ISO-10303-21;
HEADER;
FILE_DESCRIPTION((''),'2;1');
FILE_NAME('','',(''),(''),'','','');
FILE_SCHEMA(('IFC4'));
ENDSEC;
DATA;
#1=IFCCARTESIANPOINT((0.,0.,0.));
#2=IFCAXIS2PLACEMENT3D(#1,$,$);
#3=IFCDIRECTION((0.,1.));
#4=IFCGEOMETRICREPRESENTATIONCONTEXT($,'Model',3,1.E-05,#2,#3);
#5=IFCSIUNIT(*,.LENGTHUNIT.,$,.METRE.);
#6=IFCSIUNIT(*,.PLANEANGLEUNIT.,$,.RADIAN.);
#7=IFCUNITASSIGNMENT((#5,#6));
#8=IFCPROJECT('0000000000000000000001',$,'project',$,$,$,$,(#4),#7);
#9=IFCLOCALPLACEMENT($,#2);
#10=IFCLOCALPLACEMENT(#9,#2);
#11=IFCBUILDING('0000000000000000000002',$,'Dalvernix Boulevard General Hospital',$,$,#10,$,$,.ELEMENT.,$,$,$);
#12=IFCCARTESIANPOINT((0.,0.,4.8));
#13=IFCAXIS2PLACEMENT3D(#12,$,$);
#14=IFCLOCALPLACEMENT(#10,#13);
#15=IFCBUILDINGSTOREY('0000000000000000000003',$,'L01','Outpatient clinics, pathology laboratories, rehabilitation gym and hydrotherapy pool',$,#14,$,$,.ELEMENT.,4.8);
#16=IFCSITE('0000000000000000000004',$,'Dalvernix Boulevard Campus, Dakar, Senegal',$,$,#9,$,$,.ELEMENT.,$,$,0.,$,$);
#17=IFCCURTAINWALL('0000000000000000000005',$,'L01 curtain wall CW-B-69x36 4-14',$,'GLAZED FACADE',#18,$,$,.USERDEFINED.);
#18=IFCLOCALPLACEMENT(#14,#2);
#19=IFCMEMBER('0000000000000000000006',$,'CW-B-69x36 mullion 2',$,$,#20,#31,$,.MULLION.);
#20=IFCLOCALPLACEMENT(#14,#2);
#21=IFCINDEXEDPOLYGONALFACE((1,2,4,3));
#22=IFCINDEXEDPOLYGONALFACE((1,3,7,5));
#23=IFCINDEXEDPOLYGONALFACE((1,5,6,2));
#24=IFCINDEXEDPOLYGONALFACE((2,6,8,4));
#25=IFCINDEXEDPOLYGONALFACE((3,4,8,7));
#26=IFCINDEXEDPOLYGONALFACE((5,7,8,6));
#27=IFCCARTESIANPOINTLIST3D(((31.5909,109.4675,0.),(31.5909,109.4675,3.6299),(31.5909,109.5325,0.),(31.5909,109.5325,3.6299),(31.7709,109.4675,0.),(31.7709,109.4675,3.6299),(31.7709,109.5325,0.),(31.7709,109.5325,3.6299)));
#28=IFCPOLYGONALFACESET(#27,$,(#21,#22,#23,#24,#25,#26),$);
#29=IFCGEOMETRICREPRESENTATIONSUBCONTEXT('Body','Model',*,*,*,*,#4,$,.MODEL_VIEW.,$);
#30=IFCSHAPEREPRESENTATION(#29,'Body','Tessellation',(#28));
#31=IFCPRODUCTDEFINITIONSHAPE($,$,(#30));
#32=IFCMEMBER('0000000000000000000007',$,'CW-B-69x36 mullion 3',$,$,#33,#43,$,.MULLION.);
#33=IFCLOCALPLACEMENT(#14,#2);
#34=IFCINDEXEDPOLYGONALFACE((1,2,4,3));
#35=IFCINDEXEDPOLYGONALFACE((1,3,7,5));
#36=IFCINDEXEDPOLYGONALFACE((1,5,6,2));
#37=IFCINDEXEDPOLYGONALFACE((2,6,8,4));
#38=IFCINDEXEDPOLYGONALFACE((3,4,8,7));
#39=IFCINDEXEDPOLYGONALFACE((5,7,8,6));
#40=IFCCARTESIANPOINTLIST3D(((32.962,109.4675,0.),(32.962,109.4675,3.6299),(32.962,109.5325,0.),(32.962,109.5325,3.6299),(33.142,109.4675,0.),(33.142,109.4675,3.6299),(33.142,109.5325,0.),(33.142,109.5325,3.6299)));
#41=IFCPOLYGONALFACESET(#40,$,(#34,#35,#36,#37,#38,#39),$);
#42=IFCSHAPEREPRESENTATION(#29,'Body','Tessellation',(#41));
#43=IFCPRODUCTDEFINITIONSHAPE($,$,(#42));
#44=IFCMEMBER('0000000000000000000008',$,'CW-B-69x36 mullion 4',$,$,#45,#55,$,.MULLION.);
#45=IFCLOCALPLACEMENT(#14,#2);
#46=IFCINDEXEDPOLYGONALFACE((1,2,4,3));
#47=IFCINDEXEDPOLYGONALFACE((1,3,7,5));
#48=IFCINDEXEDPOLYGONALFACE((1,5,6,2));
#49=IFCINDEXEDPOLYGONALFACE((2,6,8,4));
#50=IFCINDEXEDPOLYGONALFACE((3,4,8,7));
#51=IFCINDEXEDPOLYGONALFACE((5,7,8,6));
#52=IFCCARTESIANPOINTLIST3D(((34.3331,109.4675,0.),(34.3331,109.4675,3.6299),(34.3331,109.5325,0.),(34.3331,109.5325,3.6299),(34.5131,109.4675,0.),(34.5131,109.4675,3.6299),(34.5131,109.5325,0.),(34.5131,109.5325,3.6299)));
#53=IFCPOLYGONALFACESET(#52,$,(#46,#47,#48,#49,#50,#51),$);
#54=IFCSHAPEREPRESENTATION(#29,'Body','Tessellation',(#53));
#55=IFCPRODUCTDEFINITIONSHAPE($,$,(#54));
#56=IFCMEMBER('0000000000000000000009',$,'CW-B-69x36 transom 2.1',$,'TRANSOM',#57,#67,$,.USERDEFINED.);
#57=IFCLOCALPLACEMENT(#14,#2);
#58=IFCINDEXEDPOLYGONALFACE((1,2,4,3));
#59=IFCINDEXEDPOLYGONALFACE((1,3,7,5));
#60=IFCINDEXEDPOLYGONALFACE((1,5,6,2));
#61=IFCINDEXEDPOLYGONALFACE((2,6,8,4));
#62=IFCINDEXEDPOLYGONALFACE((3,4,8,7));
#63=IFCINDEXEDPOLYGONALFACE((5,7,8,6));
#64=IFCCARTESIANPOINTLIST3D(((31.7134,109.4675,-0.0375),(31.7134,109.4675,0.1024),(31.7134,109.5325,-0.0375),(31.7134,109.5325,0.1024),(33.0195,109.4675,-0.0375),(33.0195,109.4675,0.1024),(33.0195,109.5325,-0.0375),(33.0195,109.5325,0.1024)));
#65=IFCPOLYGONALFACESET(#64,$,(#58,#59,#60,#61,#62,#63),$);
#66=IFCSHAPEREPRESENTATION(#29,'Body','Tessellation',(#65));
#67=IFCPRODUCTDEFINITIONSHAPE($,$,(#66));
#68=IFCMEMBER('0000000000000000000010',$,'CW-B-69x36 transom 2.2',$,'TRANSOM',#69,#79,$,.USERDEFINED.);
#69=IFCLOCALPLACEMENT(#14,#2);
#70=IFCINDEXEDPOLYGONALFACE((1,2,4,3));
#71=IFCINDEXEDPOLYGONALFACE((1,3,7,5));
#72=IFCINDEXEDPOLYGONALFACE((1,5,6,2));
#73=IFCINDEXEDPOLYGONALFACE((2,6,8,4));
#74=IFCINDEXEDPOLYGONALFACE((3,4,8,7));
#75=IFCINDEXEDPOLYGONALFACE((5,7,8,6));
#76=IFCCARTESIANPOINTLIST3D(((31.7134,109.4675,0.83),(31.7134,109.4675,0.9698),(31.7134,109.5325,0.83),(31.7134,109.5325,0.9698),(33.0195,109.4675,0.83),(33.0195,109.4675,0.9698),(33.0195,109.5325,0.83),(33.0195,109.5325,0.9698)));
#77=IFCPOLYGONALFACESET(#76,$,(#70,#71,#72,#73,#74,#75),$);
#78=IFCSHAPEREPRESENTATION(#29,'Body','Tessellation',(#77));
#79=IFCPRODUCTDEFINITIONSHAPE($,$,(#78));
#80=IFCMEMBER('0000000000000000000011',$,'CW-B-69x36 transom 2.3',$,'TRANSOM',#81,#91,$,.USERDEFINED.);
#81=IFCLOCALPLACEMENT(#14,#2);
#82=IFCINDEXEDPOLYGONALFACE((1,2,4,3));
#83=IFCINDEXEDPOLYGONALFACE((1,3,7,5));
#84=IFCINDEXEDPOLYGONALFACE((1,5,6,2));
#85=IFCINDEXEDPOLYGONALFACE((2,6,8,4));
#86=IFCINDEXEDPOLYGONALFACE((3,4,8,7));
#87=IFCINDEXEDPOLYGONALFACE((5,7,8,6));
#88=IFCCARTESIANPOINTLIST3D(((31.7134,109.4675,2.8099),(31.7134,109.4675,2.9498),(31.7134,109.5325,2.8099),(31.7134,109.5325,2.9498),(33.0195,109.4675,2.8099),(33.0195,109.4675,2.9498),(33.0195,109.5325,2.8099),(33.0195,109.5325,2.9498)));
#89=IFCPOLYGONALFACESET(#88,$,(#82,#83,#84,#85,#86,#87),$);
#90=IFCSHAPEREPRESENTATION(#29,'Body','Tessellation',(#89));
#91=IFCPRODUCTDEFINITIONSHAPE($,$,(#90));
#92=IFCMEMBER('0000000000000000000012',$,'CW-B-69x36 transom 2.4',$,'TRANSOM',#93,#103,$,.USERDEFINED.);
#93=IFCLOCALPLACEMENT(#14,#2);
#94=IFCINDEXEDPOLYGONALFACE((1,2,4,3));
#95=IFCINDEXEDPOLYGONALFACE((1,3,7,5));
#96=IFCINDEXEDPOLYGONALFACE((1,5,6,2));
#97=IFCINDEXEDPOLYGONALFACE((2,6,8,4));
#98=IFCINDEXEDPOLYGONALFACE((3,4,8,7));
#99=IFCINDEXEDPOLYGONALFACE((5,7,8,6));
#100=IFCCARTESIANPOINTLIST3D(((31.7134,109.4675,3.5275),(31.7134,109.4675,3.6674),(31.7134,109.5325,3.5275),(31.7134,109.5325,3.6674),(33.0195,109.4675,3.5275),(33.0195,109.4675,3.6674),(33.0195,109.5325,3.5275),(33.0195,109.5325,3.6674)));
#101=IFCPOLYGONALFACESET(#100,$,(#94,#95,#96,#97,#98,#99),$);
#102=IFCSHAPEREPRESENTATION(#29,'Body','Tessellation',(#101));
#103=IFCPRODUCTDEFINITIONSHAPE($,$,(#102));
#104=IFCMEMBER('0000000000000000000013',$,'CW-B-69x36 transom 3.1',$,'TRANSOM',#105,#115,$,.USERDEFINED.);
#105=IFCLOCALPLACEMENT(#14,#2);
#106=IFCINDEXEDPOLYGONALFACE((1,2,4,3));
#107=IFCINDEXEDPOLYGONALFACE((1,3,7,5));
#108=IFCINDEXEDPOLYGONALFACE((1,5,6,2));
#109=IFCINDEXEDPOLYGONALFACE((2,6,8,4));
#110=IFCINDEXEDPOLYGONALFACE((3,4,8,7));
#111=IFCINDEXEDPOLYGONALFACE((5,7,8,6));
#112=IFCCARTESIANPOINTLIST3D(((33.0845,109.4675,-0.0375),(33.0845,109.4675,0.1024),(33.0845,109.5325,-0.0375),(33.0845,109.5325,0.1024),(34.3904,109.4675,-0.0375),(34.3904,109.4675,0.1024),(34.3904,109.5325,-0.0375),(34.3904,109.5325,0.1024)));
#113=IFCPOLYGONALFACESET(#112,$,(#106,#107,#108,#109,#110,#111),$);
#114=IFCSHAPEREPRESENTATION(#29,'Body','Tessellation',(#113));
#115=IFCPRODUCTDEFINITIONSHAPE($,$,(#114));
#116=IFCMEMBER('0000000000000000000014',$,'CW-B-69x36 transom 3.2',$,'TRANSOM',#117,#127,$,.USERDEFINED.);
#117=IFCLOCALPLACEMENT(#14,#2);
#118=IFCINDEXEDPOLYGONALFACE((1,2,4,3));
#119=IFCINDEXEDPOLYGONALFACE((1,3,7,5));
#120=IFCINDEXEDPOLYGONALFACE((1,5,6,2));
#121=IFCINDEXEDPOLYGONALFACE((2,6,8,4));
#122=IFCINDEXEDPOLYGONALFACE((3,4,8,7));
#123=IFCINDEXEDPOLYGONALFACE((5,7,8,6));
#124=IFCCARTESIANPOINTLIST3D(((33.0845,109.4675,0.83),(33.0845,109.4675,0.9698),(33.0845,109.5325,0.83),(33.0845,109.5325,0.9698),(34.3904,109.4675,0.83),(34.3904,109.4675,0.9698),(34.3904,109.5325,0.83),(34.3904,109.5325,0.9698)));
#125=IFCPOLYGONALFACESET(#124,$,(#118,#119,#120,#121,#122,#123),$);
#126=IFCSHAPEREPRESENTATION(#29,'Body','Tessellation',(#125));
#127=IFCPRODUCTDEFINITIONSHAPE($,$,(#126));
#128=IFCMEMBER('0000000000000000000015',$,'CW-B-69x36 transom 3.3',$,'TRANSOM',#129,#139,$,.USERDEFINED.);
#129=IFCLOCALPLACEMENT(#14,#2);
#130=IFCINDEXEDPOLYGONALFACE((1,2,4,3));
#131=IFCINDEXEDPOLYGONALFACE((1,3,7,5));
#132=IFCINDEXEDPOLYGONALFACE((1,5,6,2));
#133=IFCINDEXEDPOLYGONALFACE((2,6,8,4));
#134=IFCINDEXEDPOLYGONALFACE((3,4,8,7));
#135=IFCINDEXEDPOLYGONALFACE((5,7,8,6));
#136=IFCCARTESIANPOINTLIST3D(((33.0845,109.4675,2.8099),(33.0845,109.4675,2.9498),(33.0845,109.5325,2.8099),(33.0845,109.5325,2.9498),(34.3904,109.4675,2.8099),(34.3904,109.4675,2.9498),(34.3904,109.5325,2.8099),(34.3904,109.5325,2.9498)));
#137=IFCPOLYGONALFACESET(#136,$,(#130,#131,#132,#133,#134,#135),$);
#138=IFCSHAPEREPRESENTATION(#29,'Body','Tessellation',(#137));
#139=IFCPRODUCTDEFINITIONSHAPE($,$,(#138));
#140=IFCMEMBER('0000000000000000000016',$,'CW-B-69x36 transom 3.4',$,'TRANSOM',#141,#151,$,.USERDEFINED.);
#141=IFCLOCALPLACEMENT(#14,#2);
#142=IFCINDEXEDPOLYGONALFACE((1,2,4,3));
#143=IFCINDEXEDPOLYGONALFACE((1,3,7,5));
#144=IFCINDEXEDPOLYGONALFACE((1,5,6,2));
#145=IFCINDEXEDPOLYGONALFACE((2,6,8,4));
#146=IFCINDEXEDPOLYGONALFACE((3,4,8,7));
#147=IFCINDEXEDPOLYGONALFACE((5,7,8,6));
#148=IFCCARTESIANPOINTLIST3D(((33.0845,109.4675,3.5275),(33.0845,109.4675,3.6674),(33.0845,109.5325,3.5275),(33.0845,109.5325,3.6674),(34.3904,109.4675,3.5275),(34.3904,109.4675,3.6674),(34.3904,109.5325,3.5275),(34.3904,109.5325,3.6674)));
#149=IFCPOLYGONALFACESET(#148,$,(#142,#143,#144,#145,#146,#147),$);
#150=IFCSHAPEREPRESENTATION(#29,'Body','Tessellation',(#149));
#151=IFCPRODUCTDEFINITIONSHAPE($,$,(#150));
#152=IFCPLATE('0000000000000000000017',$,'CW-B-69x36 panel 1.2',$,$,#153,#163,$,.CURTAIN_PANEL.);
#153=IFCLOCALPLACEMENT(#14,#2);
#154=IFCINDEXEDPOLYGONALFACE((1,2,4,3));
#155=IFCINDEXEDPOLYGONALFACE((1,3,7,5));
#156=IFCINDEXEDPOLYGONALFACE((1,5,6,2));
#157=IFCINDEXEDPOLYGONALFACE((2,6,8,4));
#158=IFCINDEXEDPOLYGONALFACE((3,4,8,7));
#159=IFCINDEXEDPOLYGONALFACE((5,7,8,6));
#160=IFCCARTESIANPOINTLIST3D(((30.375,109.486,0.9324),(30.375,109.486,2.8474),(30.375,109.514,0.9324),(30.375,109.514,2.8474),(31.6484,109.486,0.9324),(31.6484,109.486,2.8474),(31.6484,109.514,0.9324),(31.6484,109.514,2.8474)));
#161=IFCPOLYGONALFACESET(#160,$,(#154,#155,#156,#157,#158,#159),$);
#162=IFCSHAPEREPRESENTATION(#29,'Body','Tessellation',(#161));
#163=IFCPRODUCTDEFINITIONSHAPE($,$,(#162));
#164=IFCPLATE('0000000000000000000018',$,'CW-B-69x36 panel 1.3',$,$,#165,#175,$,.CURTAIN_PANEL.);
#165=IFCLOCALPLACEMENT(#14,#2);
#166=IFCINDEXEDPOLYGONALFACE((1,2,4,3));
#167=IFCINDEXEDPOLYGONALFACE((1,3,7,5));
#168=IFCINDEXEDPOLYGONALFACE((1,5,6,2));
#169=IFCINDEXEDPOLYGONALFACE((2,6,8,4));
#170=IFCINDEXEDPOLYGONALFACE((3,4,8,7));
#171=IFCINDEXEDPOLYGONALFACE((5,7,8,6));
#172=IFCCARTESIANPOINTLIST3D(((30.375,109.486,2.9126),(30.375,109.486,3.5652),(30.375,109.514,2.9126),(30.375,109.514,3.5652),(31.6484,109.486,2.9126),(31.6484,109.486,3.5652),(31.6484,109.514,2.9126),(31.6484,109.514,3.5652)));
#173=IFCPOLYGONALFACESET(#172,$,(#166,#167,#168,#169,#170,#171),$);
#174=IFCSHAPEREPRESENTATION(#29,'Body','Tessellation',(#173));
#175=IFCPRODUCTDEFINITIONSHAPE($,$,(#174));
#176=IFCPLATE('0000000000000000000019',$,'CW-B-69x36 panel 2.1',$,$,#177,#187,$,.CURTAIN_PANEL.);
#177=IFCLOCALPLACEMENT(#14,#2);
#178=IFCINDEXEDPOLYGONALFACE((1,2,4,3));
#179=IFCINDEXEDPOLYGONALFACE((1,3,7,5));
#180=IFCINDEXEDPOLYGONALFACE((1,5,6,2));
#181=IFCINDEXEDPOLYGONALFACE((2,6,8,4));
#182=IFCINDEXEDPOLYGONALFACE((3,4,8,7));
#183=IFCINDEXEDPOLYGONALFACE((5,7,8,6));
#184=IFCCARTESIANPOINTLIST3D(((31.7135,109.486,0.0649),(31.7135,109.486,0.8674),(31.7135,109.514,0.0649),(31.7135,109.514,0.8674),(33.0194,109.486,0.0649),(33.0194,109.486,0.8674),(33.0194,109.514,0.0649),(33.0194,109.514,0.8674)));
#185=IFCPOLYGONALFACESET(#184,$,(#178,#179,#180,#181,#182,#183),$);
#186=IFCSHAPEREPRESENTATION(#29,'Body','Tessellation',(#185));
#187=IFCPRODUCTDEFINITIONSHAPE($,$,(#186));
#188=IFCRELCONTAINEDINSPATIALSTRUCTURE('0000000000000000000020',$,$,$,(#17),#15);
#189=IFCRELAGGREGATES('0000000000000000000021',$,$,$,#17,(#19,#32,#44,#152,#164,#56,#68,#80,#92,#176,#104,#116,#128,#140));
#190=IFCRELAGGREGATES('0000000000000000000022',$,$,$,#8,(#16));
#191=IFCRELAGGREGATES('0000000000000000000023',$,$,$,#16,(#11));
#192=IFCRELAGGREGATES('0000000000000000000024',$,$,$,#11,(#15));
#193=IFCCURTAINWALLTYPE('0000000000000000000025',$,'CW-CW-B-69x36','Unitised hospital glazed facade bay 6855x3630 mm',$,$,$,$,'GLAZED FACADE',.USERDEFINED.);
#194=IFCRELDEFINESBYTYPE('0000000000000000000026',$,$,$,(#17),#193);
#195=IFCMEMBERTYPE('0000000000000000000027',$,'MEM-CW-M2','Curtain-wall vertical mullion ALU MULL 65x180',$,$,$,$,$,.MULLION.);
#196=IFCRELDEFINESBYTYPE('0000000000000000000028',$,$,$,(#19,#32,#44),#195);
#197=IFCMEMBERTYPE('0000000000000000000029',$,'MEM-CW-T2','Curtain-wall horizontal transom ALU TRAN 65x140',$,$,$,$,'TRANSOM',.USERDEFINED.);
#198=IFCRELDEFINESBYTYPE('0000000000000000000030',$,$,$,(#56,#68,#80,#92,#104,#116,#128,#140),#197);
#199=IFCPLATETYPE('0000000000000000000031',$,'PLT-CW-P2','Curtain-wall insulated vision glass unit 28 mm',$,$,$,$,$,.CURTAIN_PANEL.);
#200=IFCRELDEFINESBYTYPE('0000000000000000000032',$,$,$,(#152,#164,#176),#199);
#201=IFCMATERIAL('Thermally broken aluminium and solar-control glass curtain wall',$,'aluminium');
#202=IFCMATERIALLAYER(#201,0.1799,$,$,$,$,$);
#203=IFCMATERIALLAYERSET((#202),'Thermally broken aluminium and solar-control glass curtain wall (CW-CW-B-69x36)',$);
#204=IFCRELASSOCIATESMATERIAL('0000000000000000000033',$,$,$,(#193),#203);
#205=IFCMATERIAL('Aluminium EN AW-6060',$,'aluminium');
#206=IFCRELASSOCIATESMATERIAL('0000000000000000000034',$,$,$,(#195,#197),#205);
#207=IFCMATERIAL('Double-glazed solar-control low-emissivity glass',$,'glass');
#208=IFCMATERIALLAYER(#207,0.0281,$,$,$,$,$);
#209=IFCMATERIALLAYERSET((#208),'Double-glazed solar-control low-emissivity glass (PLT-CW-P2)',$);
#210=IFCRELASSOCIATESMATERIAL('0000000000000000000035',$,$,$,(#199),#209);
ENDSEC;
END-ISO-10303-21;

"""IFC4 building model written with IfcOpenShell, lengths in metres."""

from ifc_helpers import new_model, si_unit, direction, frame, origin, origin_2d, place, context, subcontext, project, spatial, rectangle, extrude, material, layer, layer_set, material_profile, profile_set, type_object, element, aggregate, save


model = new_model("IFC4")

# Units and contexts
model_context = context("Model", 3, precision=1e-05, world=origin(), true_north=direction((0.0, 1.0)))
body_context = subcontext(model_context, "Body", "Model", "MODEL_VIEW")
ifc_project = project(units=[si_unit("LENGTHUNIT", "METRE"), si_unit("PLANEANGLEUNIT", "RADIAN")], contexts=[model_context])

# Site, building, storey
site_placement = place(None, origin())
site = spatial("IfcSite", under=ifc_project, at=site_placement, Name="Dalvernix Boulevard Campus, Dakar, Senegal", CompositionType="ELEMENT", RefElevation=0.0)
building_placement = place(site_placement, origin())
building = spatial("IfcBuilding", under=site, at=building_placement, Name="Dalvernix Boulevard General Hospital", CompositionType="ELEMENT")
storey_placement = place(building_placement, frame((0.0, 0.0, 4.8)))
storey = spatial("IfcBuildingStorey", under=building, at=storey_placement, Name="L01", Description="Outpatient clinics, pathology laboratories, rehabilitation gym and hydrotherapy pool", CompositionType="ELEMENT", Elevation=4.8)

# Curtain wall, members, plates
ifc_material_1 = material(Name="Thermally broken aluminium and solar-control glass curtain wall", Category="aluminium")
ifc_layer_1 = layer(ifc_material_1, 0.1799)
ifc_layer_set_1 = layer_set([ifc_layer_1], Name="Thermally broken aluminium and solar-control glass curtain wall (CW-CW-B-69x36)")
curtain_wall_type = type_object("IfcCurtainWallType", Name="CW-CW-B-69x36", Description="Unitised hospital glazed facade bay 6855x3630 mm", ElementType="GLAZED FACADE", PredefinedType="USERDEFINED", material=ifc_layer_set_1)
curtain_wall_placement = place(storey_placement, origin())
curtain_wall = element("IfcCurtainWall", 1, at=curtain_wall_placement, inside=storey, type_object=curtain_wall_type, Name="L01 curtain wall CW-B-69x36 4-14", ObjectType="GLAZED FACADE", PredefinedType="USERDEFINED")
ifc_material_2 = material(Name="Aluminium EN AW-6060", Category="aluminium")
ifc_material_profile_1 = material_profile(ifc_material_2, rectangle(XDim=0.0649, YDim=0.1799, at=origin_2d()), Name="ALU MULL 65x180")
ifc_profile_set_1 = profile_set([ifc_material_profile_1], Name="Aluminium EN AW-6060")
member_type_1 = type_object("IfcMemberType", Name="MEM-CW-M2", Description="Curtain-wall vertical mullion ALU MULL 65x180", PredefinedType="MULLION", material=ifc_profile_set_1)
member_1_placement = place(storey_placement, frame((31.6809, 109.5, 0.0), z_axis=(0.0, 0.0, 1.0), x_axis=(0.0, 1.0, 0.0)))
member_1 = element("IfcMember", 2, at=member_1_placement, type_object=member_type_1, Name="CW-B-69x36 mullion 2", PredefinedType="MULLION", context=body_context, shape_type="SweptSolid", body=[
    extrude(rectangle(XDim=0.0649, YDim=0.1799, at=origin_2d()), origin(), (0.0, 0.0, 1.0), 3.6299),
])
member_2_placement = place(storey_placement, frame((33.052, 109.5, 0.0), z_axis=(0.0, 0.0, 1.0), x_axis=(0.0, 1.0, 0.0)))
member_2 = element("IfcMember", 3, at=member_2_placement, type_object=member_type_1, Name="CW-B-69x36 mullion 3", PredefinedType="MULLION", context=body_context, shape_type="SweptSolid", body=[
    extrude(rectangle(XDim=0.0649, YDim=0.1799, at=origin_2d()), origin(), (0.0, 0.0, 1.0), 3.6299),
])
member_3_placement = place(storey_placement, frame((34.4231, 109.5, 0.0), z_axis=(0.0, 0.0, 1.0), x_axis=(0.0, 1.0, 0.0)))
member_3 = element("IfcMember", 4, at=member_3_placement, type_object=member_type_1, Name="CW-B-69x36 mullion 4", PredefinedType="MULLION", context=body_context, shape_type="SweptSolid", body=[
    extrude(rectangle(XDim=0.0649, YDim=0.1799, at=origin_2d()), origin(), (0.0, 0.0, 1.0), 3.6299),
])
ifc_material_profile_2 = material_profile(ifc_material_2, rectangle(XDim=0.0649, YDim=0.1399, at=origin_2d()), Name="ALU TRAN 65x140")
ifc_profile_set_2 = profile_set([ifc_material_profile_2], Name="Aluminium EN AW-6060")
member_type_2 = type_object("IfcMemberType", Name="MEM-CW-T2", Description="Curtain-wall horizontal transom ALU TRAN 65x140", ElementType="TRANSOM", PredefinedType="USERDEFINED", material=ifc_profile_set_2)
member_4_placement = place(storey_placement, frame((31.7134, 109.5, 0.0325), z_axis=(1.0, 0.0, 0.0), x_axis=(0.0, 1.0, 0.0)))
member_4 = element("IfcMember", 5, at=member_4_placement, type_object=member_type_2, Name="CW-B-69x36 transom 2.1", ObjectType="TRANSOM", PredefinedType="USERDEFINED", context=body_context, shape_type="SweptSolid", body=[
    extrude(rectangle(XDim=0.0649, YDim=0.1399, at=origin_2d()), origin(), (0.0, 0.0, 1.0), 1.3062),
])
member_5_placement = place(storey_placement, frame((31.7134, 109.5, 0.8999), z_axis=(1.0, 0.0, 0.0), x_axis=(0.0, 1.0, 0.0)))
member_5 = element("IfcMember", 6, at=member_5_placement, type_object=member_type_2, Name="CW-B-69x36 transom 2.2", ObjectType="TRANSOM", PredefinedType="USERDEFINED", context=body_context, shape_type="SweptSolid", body=[
    extrude(rectangle(XDim=0.0649, YDim=0.1399, at=origin_2d()), origin(), (0.0, 0.0, 1.0), 1.3062),
])
member_6_placement = place(storey_placement, frame((31.7134, 109.5, 2.8799), z_axis=(1.0, 0.0, 0.0), x_axis=(0.0, 1.0, 0.0)))
member_6 = element("IfcMember", 7, at=member_6_placement, type_object=member_type_2, Name="CW-B-69x36 transom 2.3", ObjectType="TRANSOM", PredefinedType="USERDEFINED", context=body_context, shape_type="SweptSolid", body=[
    extrude(rectangle(XDim=0.0649, YDim=0.1399, at=origin_2d()), origin(), (0.0, 0.0, 1.0), 1.3062),
])
member_7_placement = place(storey_placement, frame((31.7134, 109.5, 3.5974), z_axis=(1.0, 0.0, 0.0), x_axis=(0.0, 1.0, 0.0)))
member_7 = element("IfcMember", 8, at=member_7_placement, type_object=member_type_2, Name="CW-B-69x36 transom 2.4", ObjectType="TRANSOM", PredefinedType="USERDEFINED", context=body_context, shape_type="SweptSolid", body=[
    extrude(rectangle(XDim=0.0649, YDim=0.1399, at=origin_2d()), origin(), (0.0, 0.0, 1.0), 1.3062),
])
member_8_placement = place(storey_placement, frame((33.0845, 109.5, 0.0325), z_axis=(1.0, 0.0, 0.0), x_axis=(0.0, 1.0, 0.0)))
member_8 = element("IfcMember", 9, at=member_8_placement, type_object=member_type_2, Name="CW-B-69x36 transom 3.1", ObjectType="TRANSOM", PredefinedType="USERDEFINED", context=body_context, shape_type="SweptSolid", body=[
    extrude(rectangle(XDim=0.0649, YDim=0.1399, at=origin_2d()), origin(), (0.0, 0.0, 1.0), 1.3059),
])
member_9_placement = place(storey_placement, frame((33.0845, 109.5, 0.8999), z_axis=(1.0, 0.0, 0.0), x_axis=(0.0, 1.0, 0.0)))
member_9 = element("IfcMember", 10, at=member_9_placement, type_object=member_type_2, Name="CW-B-69x36 transom 3.2", ObjectType="TRANSOM", PredefinedType="USERDEFINED", context=body_context, shape_type="SweptSolid", body=[
    extrude(rectangle(XDim=0.0649, YDim=0.1399, at=origin_2d()), origin(), (0.0, 0.0, 1.0), 1.3059),
])
member_10_placement = place(storey_placement, frame((33.0845, 109.5, 2.8799), z_axis=(1.0, 0.0, 0.0), x_axis=(0.0, 1.0, 0.0)))
member_10 = element("IfcMember", 11, at=member_10_placement, type_object=member_type_2, Name="CW-B-69x36 transom 3.3", ObjectType="TRANSOM", PredefinedType="USERDEFINED", context=body_context, shape_type="SweptSolid", body=[
    extrude(rectangle(XDim=0.0649, YDim=0.1399, at=origin_2d()), origin(), (0.0, 0.0, 1.0), 1.3059),
])
member_11_placement = place(storey_placement, frame((33.0845, 109.5, 3.5974), z_axis=(1.0, 0.0, 0.0), x_axis=(0.0, 1.0, 0.0)))
member_11 = element("IfcMember", 12, at=member_11_placement, type_object=member_type_2, Name="CW-B-69x36 transom 3.4", ObjectType="TRANSOM", PredefinedType="USERDEFINED", context=body_context, shape_type="SweptSolid", body=[
    extrude(rectangle(XDim=0.0649, YDim=0.1399, at=origin_2d()), origin(), (0.0, 0.0, 1.0), 1.3059),
])
ifc_material_3 = material(Name="Double-glazed solar-control low-emissivity glass", Category="glass")
ifc_layer_2 = layer(ifc_material_3, 0.0281)
ifc_layer_set_2 = layer_set([ifc_layer_2], Name="Double-glazed solar-control low-emissivity glass (PLT-CW-P2)")
plate_type = type_object("IfcPlateType", Name="PLT-CW-P2", Description="Curtain-wall insulated vision glass unit 28 mm", PredefinedType="CURTAIN_PANEL", material=ifc_layer_set_2)
plate_1_placement = place(storey_placement, frame((31.0117, 109.5, 0.9324), z_axis=(0.0, 0.0, 1.0), x_axis=(1.0, 0.0, 0.0)))
plate_1 = element("IfcPlate", 13, at=plate_1_placement, type_object=plate_type, Name="CW-B-69x36 panel 1.2", PredefinedType="CURTAIN_PANEL", context=body_context, shape_type="SweptSolid", body=[
    extrude(rectangle(XDim=1.2734, YDim=0.0281, at=origin_2d()), origin(), (0.0, 0.0, 1.0), 1.915),
])
plate_2_placement = place(storey_placement, frame((31.0117, 109.5, 2.9126), z_axis=(0.0, 0.0, 1.0), x_axis=(1.0, 0.0, 0.0)))
plate_2 = element("IfcPlate", 14, at=plate_2_placement, type_object=plate_type, Name="CW-B-69x36 panel 1.3", PredefinedType="CURTAIN_PANEL", context=body_context, shape_type="SweptSolid", body=[
    extrude(rectangle(XDim=1.2734, YDim=0.0281, at=origin_2d()), origin(), (0.0, 0.0, 1.0), 0.6526),
])
plate_3_placement = place(storey_placement, frame((32.3665, 109.5, 0.0649), z_axis=(0.0, 0.0, 1.0), x_axis=(1.0, 0.0, 0.0)))
plate_3 = element("IfcPlate", 15, at=plate_3_placement, type_object=plate_type, Name="CW-B-69x36 panel 2.1", PredefinedType="CURTAIN_PANEL", context=body_context, shape_type="SweptSolid", body=[
    extrude(rectangle(XDim=1.3059, YDim=0.0281, at=origin_2d()), origin(), (0.0, 0.0, 1.0), 0.8025),
])
aggregate(curtain_wall, [member_1, member_2, member_3, plate_1, plate_2, member_4, member_5, member_6, member_7, plate_3, member_8, member_9, member_10, member_11])

save(model, "model.ifc")
